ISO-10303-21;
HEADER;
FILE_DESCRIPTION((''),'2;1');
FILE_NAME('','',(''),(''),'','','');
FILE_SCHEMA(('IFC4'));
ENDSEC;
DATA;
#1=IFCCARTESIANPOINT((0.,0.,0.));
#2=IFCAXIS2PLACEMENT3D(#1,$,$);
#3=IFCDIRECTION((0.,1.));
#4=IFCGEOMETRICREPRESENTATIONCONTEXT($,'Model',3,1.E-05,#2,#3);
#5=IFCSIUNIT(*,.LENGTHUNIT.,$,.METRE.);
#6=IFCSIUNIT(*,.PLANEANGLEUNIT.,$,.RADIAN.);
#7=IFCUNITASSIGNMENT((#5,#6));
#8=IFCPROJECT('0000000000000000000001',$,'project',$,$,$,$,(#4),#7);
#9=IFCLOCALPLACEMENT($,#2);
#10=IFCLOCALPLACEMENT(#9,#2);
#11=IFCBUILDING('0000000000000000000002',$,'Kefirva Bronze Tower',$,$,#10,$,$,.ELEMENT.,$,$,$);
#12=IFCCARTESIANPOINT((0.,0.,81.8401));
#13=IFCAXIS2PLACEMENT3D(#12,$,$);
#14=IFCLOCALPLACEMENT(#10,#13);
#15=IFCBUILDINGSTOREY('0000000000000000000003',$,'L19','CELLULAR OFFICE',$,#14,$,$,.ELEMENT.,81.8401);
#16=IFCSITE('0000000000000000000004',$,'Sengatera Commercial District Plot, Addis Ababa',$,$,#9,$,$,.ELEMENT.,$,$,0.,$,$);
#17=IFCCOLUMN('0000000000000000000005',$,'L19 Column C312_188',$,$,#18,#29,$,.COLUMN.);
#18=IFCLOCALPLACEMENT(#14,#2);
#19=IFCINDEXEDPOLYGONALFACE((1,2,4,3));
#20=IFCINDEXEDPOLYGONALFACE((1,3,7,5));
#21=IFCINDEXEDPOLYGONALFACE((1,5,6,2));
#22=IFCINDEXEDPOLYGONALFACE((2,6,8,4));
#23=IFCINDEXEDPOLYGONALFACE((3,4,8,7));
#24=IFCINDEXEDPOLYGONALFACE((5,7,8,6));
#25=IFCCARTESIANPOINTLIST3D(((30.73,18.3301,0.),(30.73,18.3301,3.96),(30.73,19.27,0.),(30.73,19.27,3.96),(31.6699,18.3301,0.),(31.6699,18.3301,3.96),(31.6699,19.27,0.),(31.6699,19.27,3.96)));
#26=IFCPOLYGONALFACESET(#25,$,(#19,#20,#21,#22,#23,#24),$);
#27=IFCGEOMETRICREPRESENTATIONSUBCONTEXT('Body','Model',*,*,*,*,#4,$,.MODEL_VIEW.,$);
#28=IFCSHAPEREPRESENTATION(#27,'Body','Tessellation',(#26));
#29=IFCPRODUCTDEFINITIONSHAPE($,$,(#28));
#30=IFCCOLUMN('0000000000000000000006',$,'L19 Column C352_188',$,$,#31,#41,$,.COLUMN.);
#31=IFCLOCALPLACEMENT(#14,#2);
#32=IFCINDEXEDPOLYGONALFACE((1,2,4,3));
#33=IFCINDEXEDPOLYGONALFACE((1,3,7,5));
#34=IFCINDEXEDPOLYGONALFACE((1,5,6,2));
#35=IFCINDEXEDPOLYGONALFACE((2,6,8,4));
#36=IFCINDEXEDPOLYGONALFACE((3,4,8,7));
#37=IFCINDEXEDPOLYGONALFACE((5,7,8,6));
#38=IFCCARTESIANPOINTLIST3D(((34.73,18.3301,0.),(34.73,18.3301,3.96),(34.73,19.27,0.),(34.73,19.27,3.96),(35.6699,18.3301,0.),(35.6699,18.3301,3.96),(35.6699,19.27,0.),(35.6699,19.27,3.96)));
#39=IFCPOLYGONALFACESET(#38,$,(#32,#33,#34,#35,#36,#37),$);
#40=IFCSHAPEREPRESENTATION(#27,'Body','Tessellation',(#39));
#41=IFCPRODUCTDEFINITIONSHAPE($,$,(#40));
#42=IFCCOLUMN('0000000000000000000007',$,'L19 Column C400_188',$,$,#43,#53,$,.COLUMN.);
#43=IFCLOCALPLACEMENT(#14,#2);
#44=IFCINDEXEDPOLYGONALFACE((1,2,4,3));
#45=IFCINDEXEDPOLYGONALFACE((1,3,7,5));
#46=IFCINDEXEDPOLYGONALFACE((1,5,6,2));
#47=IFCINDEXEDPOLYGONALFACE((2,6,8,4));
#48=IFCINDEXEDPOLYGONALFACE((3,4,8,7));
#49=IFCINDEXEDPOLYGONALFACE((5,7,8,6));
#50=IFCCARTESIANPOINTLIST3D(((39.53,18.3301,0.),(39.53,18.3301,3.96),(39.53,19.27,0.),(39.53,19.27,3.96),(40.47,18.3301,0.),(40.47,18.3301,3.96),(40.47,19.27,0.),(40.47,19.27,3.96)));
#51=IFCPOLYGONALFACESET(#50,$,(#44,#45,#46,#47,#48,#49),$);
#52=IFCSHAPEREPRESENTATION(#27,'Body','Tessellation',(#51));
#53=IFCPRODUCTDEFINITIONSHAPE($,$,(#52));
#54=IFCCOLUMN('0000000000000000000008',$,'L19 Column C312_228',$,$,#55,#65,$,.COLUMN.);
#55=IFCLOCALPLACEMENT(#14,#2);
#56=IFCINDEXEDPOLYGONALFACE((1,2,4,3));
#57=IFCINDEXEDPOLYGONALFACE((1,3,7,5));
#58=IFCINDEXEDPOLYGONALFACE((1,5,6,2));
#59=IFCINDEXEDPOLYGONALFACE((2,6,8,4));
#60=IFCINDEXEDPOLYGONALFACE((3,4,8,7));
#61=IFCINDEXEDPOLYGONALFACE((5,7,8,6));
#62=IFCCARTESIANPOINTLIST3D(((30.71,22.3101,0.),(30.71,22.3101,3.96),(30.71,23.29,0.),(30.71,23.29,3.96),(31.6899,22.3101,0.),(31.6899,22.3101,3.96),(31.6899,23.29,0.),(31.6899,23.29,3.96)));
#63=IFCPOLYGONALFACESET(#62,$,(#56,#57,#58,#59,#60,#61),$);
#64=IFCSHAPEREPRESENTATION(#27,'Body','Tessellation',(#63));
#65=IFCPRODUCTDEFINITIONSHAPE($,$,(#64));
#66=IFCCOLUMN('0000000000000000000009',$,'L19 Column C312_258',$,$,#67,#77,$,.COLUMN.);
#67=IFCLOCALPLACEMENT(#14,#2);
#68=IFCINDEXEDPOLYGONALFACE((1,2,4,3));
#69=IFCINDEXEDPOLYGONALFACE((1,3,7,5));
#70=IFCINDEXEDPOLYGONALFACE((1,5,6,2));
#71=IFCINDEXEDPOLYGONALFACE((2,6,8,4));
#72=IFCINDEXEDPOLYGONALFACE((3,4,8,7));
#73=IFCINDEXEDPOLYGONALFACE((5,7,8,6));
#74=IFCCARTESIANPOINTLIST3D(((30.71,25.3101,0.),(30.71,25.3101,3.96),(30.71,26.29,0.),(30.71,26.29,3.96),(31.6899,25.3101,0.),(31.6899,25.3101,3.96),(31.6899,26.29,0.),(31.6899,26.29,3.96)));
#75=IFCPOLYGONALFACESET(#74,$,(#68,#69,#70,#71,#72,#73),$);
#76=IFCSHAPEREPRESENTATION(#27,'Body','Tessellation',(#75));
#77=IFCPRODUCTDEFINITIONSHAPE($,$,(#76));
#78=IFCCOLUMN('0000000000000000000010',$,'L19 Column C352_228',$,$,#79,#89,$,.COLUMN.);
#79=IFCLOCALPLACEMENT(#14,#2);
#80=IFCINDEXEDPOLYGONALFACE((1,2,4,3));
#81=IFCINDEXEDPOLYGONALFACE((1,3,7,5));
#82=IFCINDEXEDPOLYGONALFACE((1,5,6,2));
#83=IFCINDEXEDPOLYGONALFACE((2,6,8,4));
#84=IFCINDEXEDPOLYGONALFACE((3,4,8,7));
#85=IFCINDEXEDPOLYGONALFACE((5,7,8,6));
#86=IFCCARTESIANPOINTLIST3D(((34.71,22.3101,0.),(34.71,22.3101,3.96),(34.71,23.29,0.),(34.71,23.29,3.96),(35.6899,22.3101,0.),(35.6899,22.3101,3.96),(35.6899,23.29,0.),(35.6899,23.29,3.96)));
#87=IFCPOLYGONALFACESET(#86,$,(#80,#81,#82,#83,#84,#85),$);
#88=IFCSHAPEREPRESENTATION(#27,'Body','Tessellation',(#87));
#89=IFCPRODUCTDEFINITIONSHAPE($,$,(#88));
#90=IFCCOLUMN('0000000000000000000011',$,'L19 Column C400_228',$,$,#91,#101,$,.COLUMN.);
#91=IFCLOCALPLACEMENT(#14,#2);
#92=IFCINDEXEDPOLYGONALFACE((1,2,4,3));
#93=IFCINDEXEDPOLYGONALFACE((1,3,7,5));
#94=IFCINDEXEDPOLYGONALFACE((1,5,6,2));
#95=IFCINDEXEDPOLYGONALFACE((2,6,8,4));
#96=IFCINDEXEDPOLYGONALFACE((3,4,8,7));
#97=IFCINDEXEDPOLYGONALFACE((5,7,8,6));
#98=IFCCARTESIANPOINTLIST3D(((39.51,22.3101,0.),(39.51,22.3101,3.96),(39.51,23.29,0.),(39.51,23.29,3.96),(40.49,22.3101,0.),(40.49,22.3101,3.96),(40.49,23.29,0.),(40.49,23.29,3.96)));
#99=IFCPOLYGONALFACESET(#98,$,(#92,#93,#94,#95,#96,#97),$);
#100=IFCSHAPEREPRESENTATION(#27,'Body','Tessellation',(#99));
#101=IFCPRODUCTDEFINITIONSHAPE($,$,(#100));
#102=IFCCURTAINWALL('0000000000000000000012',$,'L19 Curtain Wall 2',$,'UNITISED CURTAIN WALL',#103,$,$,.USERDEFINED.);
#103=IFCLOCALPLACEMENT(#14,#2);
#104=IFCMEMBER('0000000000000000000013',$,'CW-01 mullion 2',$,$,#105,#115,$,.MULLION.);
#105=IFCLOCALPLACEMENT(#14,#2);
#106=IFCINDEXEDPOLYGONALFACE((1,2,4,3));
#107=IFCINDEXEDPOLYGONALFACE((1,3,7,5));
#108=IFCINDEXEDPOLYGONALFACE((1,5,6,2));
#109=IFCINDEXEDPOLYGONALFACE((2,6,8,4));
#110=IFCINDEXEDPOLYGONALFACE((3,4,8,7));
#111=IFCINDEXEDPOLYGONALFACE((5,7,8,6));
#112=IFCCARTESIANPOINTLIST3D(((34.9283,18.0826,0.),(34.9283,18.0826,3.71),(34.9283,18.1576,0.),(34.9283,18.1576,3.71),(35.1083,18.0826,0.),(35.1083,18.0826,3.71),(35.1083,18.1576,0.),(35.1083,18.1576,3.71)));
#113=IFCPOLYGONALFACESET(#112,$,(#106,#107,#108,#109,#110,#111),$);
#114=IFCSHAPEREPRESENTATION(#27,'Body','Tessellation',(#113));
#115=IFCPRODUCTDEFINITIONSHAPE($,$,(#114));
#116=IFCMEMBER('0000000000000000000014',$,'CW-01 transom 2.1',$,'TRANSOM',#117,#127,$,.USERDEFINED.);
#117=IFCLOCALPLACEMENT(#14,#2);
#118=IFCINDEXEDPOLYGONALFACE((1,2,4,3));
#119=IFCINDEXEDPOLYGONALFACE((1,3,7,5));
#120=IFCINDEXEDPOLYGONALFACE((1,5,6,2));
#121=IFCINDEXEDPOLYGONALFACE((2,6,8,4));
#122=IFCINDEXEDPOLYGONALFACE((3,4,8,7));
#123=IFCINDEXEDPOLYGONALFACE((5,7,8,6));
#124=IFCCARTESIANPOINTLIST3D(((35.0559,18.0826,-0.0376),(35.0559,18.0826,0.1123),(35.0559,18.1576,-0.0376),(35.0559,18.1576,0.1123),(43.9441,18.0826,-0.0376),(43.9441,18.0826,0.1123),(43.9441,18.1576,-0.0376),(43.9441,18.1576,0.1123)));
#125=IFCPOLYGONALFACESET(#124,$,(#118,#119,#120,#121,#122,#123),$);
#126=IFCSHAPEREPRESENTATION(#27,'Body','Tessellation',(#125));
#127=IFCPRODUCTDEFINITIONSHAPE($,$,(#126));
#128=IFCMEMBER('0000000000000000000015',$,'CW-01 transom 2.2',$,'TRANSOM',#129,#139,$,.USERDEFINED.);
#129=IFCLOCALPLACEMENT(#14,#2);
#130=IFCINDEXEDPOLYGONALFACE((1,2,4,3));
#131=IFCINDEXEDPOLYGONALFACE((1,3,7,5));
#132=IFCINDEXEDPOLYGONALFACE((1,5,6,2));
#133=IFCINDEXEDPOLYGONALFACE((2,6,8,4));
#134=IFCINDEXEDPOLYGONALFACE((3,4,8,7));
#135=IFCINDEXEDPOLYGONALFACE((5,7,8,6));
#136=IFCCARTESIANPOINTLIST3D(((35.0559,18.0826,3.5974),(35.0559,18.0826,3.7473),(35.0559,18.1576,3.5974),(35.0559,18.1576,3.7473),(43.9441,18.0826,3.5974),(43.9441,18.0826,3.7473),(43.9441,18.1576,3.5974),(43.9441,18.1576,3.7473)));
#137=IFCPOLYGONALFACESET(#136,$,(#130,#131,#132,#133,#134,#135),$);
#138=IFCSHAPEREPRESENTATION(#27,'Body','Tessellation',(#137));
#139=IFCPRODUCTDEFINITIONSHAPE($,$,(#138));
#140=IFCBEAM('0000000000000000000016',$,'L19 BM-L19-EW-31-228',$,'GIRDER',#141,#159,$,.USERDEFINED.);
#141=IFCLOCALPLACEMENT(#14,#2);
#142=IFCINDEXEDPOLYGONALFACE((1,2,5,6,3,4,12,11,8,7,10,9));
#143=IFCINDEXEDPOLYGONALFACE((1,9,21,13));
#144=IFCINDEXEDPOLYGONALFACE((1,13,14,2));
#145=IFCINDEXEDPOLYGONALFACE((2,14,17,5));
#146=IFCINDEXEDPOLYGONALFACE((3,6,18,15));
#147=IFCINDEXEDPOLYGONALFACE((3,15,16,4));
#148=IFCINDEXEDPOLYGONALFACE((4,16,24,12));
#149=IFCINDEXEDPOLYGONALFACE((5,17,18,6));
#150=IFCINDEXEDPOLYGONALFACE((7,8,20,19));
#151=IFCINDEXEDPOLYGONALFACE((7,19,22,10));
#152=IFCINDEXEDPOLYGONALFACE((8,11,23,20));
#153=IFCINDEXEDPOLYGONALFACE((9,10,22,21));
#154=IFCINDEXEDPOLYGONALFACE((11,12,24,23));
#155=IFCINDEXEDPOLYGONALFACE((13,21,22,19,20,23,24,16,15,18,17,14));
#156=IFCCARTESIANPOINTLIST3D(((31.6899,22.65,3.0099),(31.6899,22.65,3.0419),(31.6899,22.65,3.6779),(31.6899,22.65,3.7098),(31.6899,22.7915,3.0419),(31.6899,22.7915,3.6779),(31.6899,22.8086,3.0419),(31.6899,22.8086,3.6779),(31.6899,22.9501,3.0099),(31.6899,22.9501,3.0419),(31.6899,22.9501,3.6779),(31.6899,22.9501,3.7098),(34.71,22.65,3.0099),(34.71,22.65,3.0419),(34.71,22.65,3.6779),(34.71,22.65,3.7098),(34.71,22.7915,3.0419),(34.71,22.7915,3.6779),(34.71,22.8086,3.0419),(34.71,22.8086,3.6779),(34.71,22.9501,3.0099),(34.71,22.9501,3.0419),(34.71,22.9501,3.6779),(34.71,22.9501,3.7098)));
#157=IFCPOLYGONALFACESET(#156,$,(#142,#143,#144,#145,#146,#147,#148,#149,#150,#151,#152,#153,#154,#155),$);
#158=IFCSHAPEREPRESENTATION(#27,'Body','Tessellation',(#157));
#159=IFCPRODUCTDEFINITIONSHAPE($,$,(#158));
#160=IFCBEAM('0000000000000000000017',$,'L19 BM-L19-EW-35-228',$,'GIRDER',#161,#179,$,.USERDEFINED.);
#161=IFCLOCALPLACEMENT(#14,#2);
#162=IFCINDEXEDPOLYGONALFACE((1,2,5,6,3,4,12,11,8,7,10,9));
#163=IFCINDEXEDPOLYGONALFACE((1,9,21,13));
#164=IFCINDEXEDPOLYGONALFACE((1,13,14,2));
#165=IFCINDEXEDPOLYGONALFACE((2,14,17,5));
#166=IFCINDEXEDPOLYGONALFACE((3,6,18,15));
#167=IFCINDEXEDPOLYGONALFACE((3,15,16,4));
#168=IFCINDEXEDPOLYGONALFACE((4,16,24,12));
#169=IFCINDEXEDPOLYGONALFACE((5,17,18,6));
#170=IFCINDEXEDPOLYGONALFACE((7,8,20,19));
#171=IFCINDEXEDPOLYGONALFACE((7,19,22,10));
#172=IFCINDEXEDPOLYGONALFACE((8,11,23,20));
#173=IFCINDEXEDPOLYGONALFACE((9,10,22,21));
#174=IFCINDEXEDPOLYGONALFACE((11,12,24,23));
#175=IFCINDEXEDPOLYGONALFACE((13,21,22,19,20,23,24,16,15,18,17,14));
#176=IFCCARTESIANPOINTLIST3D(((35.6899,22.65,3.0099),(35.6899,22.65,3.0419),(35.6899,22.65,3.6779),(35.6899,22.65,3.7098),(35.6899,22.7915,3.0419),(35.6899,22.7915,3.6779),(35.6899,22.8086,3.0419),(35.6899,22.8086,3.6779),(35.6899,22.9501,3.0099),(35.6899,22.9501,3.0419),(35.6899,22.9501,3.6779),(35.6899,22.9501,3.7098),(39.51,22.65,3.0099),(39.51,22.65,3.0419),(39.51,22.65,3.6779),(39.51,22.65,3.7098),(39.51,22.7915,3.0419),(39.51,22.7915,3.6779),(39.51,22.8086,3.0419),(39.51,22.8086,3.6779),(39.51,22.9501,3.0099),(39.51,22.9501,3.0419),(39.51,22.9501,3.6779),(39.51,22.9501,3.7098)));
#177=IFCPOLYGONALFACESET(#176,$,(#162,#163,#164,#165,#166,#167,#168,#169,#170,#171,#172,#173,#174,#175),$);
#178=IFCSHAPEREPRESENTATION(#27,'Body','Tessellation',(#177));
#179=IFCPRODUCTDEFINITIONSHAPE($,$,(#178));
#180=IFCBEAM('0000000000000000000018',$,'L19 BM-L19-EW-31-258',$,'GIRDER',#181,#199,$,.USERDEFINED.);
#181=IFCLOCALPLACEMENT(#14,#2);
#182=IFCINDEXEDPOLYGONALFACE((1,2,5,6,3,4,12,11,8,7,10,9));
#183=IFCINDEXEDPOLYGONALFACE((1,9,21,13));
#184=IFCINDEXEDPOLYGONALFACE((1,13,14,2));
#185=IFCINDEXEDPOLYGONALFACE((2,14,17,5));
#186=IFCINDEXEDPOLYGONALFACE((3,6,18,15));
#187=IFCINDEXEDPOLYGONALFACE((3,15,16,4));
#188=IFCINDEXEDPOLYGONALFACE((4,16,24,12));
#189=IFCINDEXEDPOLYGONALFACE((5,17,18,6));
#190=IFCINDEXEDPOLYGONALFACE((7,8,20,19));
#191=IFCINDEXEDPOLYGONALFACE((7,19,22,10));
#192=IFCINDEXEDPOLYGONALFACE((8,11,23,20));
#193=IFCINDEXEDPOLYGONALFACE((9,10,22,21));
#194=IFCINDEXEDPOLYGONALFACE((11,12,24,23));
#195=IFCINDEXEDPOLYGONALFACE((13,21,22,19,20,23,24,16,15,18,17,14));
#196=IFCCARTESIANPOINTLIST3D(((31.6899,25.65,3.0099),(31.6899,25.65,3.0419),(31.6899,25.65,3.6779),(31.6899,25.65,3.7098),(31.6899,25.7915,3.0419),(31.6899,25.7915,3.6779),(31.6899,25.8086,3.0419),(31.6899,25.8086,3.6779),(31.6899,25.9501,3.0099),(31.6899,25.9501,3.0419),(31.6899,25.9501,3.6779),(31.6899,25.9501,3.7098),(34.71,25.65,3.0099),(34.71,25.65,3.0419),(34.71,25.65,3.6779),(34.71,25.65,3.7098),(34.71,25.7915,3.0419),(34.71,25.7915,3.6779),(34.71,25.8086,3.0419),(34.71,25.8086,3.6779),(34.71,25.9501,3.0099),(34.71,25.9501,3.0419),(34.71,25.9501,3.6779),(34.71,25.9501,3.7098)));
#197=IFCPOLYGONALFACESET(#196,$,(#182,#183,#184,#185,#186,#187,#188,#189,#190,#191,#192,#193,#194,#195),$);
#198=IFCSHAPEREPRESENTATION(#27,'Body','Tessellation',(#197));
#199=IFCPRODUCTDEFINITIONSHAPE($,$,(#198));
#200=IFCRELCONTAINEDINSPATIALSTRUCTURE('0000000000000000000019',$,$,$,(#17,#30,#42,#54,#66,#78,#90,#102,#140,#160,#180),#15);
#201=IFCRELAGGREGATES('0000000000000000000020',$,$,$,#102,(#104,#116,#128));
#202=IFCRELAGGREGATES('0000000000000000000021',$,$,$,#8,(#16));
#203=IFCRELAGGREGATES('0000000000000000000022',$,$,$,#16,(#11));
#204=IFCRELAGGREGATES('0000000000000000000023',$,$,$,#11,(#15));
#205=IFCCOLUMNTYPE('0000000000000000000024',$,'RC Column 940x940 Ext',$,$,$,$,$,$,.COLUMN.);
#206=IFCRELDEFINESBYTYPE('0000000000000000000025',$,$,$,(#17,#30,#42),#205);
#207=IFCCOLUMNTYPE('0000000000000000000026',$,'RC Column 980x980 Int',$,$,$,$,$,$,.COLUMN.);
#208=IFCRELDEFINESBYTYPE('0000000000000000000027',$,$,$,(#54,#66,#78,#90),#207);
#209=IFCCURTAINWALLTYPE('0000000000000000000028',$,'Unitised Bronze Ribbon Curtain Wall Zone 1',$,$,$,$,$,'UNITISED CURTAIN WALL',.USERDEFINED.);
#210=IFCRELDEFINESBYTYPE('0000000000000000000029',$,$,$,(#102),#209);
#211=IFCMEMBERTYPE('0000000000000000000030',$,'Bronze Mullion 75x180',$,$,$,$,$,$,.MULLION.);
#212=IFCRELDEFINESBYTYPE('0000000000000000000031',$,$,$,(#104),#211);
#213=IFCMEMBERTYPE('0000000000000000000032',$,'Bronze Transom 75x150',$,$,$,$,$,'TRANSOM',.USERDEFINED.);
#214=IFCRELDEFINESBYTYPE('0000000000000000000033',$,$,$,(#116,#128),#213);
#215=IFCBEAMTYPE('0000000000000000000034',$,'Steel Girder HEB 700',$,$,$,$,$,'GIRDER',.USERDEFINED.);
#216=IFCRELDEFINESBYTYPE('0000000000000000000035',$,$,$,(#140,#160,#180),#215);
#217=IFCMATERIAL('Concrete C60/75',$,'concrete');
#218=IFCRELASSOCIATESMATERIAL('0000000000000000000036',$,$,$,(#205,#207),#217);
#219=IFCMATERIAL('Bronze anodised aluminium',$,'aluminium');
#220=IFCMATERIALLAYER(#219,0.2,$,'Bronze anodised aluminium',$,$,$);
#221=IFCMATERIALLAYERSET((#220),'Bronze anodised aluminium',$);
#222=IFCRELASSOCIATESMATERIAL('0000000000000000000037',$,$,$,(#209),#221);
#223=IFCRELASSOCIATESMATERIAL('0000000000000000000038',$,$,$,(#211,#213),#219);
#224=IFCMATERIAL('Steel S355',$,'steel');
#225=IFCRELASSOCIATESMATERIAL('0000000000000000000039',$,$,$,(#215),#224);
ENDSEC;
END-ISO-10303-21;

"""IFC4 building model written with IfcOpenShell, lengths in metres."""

from ifc_helpers import new_model, si_unit, direction, frame, origin, origin_2d, place, context, subcontext, project, spatial, rectangle, i_section, extrude, material, layer, layer_set, material_profile, profile_set, type_object, element, aggregate, save


model = new_model("IFC4")

# Units and contexts
model_context = context("Model", 3, precision=1e-05, world=origin(), true_north=direction((0.0, 1.0)))
body_context = subcontext(model_context, "Body", "Model", "MODEL_VIEW")
ifc_project = project(units=[si_unit("LENGTHUNIT", "METRE"), si_unit("PLANEANGLEUNIT", "RADIAN")], contexts=[model_context])

# Site, building, storey
site_placement = place(None, origin())
site = spatial("IfcSite", under=ifc_project, at=site_placement, Name="Sengatera Commercial District Plot, Addis Ababa", CompositionType="ELEMENT", RefElevation=0.0)
building_placement = place(site_placement, origin())
building = spatial("IfcBuilding", under=site, at=building_placement, Name="Kefirva Bronze Tower", CompositionType="ELEMENT")
storey_placement = place(building_placement, frame((0.0, 0.0, 81.8401)))
storey = spatial("IfcBuildingStorey", under=building, at=storey_placement, Name="L19", Description="CELLULAR OFFICE", CompositionType="ELEMENT", Elevation=81.8401)

# Columns
ifc_material_1 = material(Name="Concrete C60/75", Category="concrete")
ifc_material_profile_1 = material_profile(ifc_material_1, rectangle(XDim=0.9399, YDim=0.9399, at=origin_2d()), Name="RC 940x940")
ifc_profile_set_1 = profile_set([ifc_material_profile_1], Name="Concrete C60/75")
column_type_1 = type_object("IfcColumnType", Name="RC Column 940x940 Ext", PredefinedType="COLUMN", material=ifc_profile_set_1)
for number, where, z_axis, x_axis, name in (
    (1, (31.2, 18.8, 0.0), (0.0, 0.0, 1.0), (1.0, 0.0, 0.0), "L19 Column C312_188"),
    (2, (35.2, 18.8, 0.0), (0.0, 0.0, 1.0), (1.0, 0.0, 0.0), "L19 Column C352_188"),
    (3, (40.0, 18.8, 0.0), (0.0, 0.0, 1.0), (1.0, 0.0, 0.0), "L19 Column C400_188"),
):
    element("IfcColumn", number, at=place(storey_placement, frame(where, z_axis=z_axis, x_axis=x_axis)), inside=storey, type_object=column_type_1, Name=name, PredefinedType="COLUMN", context=body_context, shape_type="SweptSolid", body=[
        extrude(rectangle(XDim=0.9399, YDim=0.9399, at=origin_2d()), origin(), (0.0, 0.0, 1.0), 3.96),
    ])
ifc_material_profile_2 = material_profile(ifc_material_1, rectangle(XDim=0.98, YDim=0.98, at=origin_2d()), Name="RC 980x980")
ifc_profile_set_2 = profile_set([ifc_material_profile_2], Name="Concrete C60/75")
column_type_2 = type_object("IfcColumnType", Name="RC Column 980x980 Int", PredefinedType="COLUMN", material=ifc_profile_set_2)
for number, where, z_axis, x_axis, name in (
    (4, (31.2, 22.8, 0.0), (0.0, 0.0, 1.0), (1.0, 0.0, 0.0), "L19 Column C312_228"),
    (5, (31.2, 25.8, 0.0), (0.0, 0.0, 1.0), (1.0, 0.0, 0.0), "L19 Column C312_258"),
    (6, (35.2, 22.8, 0.0), (0.0, 0.0, 1.0), (1.0, 0.0, 0.0), "L19 Column C352_228"),
    (7, (40.0, 22.8, 0.0), (0.0, 0.0, 1.0), (1.0, 0.0, 0.0), "L19 Column C400_228"),
):
    element("IfcColumn", number, at=place(storey_placement, frame(where, z_axis=z_axis, x_axis=x_axis)), inside=storey, type_object=column_type_2, Name=name, PredefinedType="COLUMN", context=body_context, shape_type="SweptSolid", body=[
        extrude(rectangle(XDim=0.98, YDim=0.98, at=origin_2d()), origin(), (0.0, 0.0, 1.0), 3.96),
    ])

# Curtain wall, members
ifc_material_2 = material(Name="Bronze anodised aluminium", Category="aluminium")
ifc_layer_1 = layer(ifc_material_2, 0.2, Name="Bronze anodised aluminium")
ifc_layer_set_1 = layer_set([ifc_layer_1], Name="Bronze anodised aluminium")
curtain_wall_type = type_object("IfcCurtainWallType", Name="Unitised Bronze Ribbon Curtain Wall Zone 1", ElementType="UNITISED CURTAIN WALL", PredefinedType="USERDEFINED", material=ifc_layer_set_1)
curtain_wall_placement = place(storey_placement, origin())
curtain_wall = element("IfcCurtainWall", 8, at=curtain_wall_placement, inside=storey, type_object=curtain_wall_type, Name="L19 Curtain Wall 2", ObjectType="UNITISED CURTAIN WALL", PredefinedType="USERDEFINED")
ifc_material_profile_3 = material_profile(ifc_material_2, rectangle(XDim=0.075, YDim=0.1799, at=origin_2d()), Name="ALU 75x180")
ifc_profile_set_3 = profile_set([ifc_material_profile_3], Name="Bronze anodised aluminium")
member_type_1 = type_object("IfcMemberType", Name="Bronze Mullion 75x180", PredefinedType="MULLION", material=ifc_profile_set_3)
member_1_placement = place(storey_placement, frame((35.0183, 18.1201, 0.0), z_axis=(0.0, 0.0, 1.0), x_axis=(0.0, 1.0, 0.0)))
member_1 = element("IfcMember", 9, at=member_1_placement, type_object=member_type_1, Name="CW-01 mullion 2", PredefinedType="MULLION", context=body_context, shape_type="SweptSolid", body=[
    extrude(rectangle(XDim=0.075, YDim=0.1799, at=origin_2d()), origin(), (0.0, 0.0, 1.0), 3.71),
])
ifc_material_profile_4 = material_profile(ifc_material_2, rectangle(XDim=0.075, YDim=0.1499, at=origin_2d()), Name="ALU 75x150")
ifc_profile_set_4 = profile_set([ifc_material_profile_4], Name="Bronze anodised aluminium")
member_type_2 = type_object("IfcMemberType", Name="Bronze Transom 75x150", ElementType="TRANSOM", PredefinedType="USERDEFINED", material=ifc_profile_set_4)
member_2_placement = place(storey_placement, frame((35.0559, 18.1201, 0.0374), z_axis=(1.0, 0.0, 0.0), x_axis=(0.0, 1.0, 0.0)))
member_2 = element("IfcMember", 10, at=member_2_placement, type_object=member_type_2, Name="CW-01 transom 2.1", ObjectType="TRANSOM", PredefinedType="USERDEFINED", context=body_context, shape_type="SweptSolid", body=[
    extrude(rectangle(XDim=0.075, YDim=0.1499, at=origin_2d()), origin(), (0.0, 0.0, 1.0), 8.8882),
])
member_3_placement = place(storey_placement, frame((35.0559, 18.1201, 3.6724), z_axis=(1.0, 0.0, 0.0), x_axis=(0.0, 1.0, 0.0)))
member_3 = element("IfcMember", 11, at=member_3_placement, type_object=member_type_2, Name="CW-01 transom 2.2", ObjectType="TRANSOM", PredefinedType="USERDEFINED", context=body_context, shape_type="SweptSolid", body=[
    extrude(rectangle(XDim=0.075, YDim=0.1499, at=origin_2d()), origin(), (0.0, 0.0, 1.0), 8.8882),
])

# Beams
ifc_material_3 = material(Name="Steel S355", Category="steel")
ifc_material_profile_5 = material_profile(ifc_material_3, i_section(OverallWidth=0.3, OverallDepth=0.7, WebThickness=0.0171, FlangeThickness=0.032, at=origin_2d()), Name="HEB 700")
ifc_profile_set_5 = profile_set([ifc_material_profile_5], Name="Steel S355")
beam_type_1 = type_object("IfcBeamType", Name="Steel Girder HEB 700", ElementType="GIRDER", PredefinedType="USERDEFINED", material=ifc_profile_set_5)
beam_1_placement = place(storey_placement, frame((31.6899, 22.8, 3.3599), z_axis=(1.0, 0.0, 0.0), x_axis=(0.0, 1.0, 0.0)))
element("IfcBeam", 12, at=beam_1_placement, inside=storey, type_object=beam_type_1, Name="L19 BM-L19-EW-31-228", ObjectType="GIRDER", PredefinedType="USERDEFINED", context=body_context, shape_type="SweptSolid", body=[
    extrude(i_section(OverallWidth=0.3, OverallDepth=0.7, WebThickness=0.0171, FlangeThickness=0.032, at=origin_2d()), origin(), (0.0, 0.0, 1.0), 3.02),
])
beam_2_placement = place(storey_placement, frame((35.6899, 22.8, 3.3599), z_axis=(1.0, 0.0, 0.0), x_axis=(0.0, 1.0, 0.0)))
element("IfcBeam", 13, at=beam_2_placement, inside=storey, type_object=beam_type_1, Name="L19 BM-L19-EW-35-228", ObjectType="GIRDER", PredefinedType="USERDEFINED", context=body_context, shape_type="SweptSolid", body=[
    extrude(i_section(OverallWidth=0.3, OverallDepth=0.7, WebThickness=0.0171, FlangeThickness=0.032, at=origin_2d()), origin(), (0.0, 0.0, 1.0), 3.8201),
])
beam_3_placement = place(storey_placement, frame((31.6899, 25.8, 3.3599), z_axis=(1.0, 0.0, 0.0), x_axis=(0.0, 1.0, 0.0)))
element("IfcBeam", 14, at=beam_3_placement, inside=storey, type_object=beam_type_1, Name="L19 BM-L19-EW-31-258", ObjectType="GIRDER", PredefinedType="USERDEFINED", context=body_context, shape_type="SweptSolid", body=[
    extrude(i_section(OverallWidth=0.3, OverallDepth=0.7, WebThickness=0.0171, FlangeThickness=0.032, at=origin_2d()), origin(), (0.0, 0.0, 1.0), 3.02),
])

aggregate(curtain_wall, [member_1, member_2, member_3])

save(model, "model.ifc")
